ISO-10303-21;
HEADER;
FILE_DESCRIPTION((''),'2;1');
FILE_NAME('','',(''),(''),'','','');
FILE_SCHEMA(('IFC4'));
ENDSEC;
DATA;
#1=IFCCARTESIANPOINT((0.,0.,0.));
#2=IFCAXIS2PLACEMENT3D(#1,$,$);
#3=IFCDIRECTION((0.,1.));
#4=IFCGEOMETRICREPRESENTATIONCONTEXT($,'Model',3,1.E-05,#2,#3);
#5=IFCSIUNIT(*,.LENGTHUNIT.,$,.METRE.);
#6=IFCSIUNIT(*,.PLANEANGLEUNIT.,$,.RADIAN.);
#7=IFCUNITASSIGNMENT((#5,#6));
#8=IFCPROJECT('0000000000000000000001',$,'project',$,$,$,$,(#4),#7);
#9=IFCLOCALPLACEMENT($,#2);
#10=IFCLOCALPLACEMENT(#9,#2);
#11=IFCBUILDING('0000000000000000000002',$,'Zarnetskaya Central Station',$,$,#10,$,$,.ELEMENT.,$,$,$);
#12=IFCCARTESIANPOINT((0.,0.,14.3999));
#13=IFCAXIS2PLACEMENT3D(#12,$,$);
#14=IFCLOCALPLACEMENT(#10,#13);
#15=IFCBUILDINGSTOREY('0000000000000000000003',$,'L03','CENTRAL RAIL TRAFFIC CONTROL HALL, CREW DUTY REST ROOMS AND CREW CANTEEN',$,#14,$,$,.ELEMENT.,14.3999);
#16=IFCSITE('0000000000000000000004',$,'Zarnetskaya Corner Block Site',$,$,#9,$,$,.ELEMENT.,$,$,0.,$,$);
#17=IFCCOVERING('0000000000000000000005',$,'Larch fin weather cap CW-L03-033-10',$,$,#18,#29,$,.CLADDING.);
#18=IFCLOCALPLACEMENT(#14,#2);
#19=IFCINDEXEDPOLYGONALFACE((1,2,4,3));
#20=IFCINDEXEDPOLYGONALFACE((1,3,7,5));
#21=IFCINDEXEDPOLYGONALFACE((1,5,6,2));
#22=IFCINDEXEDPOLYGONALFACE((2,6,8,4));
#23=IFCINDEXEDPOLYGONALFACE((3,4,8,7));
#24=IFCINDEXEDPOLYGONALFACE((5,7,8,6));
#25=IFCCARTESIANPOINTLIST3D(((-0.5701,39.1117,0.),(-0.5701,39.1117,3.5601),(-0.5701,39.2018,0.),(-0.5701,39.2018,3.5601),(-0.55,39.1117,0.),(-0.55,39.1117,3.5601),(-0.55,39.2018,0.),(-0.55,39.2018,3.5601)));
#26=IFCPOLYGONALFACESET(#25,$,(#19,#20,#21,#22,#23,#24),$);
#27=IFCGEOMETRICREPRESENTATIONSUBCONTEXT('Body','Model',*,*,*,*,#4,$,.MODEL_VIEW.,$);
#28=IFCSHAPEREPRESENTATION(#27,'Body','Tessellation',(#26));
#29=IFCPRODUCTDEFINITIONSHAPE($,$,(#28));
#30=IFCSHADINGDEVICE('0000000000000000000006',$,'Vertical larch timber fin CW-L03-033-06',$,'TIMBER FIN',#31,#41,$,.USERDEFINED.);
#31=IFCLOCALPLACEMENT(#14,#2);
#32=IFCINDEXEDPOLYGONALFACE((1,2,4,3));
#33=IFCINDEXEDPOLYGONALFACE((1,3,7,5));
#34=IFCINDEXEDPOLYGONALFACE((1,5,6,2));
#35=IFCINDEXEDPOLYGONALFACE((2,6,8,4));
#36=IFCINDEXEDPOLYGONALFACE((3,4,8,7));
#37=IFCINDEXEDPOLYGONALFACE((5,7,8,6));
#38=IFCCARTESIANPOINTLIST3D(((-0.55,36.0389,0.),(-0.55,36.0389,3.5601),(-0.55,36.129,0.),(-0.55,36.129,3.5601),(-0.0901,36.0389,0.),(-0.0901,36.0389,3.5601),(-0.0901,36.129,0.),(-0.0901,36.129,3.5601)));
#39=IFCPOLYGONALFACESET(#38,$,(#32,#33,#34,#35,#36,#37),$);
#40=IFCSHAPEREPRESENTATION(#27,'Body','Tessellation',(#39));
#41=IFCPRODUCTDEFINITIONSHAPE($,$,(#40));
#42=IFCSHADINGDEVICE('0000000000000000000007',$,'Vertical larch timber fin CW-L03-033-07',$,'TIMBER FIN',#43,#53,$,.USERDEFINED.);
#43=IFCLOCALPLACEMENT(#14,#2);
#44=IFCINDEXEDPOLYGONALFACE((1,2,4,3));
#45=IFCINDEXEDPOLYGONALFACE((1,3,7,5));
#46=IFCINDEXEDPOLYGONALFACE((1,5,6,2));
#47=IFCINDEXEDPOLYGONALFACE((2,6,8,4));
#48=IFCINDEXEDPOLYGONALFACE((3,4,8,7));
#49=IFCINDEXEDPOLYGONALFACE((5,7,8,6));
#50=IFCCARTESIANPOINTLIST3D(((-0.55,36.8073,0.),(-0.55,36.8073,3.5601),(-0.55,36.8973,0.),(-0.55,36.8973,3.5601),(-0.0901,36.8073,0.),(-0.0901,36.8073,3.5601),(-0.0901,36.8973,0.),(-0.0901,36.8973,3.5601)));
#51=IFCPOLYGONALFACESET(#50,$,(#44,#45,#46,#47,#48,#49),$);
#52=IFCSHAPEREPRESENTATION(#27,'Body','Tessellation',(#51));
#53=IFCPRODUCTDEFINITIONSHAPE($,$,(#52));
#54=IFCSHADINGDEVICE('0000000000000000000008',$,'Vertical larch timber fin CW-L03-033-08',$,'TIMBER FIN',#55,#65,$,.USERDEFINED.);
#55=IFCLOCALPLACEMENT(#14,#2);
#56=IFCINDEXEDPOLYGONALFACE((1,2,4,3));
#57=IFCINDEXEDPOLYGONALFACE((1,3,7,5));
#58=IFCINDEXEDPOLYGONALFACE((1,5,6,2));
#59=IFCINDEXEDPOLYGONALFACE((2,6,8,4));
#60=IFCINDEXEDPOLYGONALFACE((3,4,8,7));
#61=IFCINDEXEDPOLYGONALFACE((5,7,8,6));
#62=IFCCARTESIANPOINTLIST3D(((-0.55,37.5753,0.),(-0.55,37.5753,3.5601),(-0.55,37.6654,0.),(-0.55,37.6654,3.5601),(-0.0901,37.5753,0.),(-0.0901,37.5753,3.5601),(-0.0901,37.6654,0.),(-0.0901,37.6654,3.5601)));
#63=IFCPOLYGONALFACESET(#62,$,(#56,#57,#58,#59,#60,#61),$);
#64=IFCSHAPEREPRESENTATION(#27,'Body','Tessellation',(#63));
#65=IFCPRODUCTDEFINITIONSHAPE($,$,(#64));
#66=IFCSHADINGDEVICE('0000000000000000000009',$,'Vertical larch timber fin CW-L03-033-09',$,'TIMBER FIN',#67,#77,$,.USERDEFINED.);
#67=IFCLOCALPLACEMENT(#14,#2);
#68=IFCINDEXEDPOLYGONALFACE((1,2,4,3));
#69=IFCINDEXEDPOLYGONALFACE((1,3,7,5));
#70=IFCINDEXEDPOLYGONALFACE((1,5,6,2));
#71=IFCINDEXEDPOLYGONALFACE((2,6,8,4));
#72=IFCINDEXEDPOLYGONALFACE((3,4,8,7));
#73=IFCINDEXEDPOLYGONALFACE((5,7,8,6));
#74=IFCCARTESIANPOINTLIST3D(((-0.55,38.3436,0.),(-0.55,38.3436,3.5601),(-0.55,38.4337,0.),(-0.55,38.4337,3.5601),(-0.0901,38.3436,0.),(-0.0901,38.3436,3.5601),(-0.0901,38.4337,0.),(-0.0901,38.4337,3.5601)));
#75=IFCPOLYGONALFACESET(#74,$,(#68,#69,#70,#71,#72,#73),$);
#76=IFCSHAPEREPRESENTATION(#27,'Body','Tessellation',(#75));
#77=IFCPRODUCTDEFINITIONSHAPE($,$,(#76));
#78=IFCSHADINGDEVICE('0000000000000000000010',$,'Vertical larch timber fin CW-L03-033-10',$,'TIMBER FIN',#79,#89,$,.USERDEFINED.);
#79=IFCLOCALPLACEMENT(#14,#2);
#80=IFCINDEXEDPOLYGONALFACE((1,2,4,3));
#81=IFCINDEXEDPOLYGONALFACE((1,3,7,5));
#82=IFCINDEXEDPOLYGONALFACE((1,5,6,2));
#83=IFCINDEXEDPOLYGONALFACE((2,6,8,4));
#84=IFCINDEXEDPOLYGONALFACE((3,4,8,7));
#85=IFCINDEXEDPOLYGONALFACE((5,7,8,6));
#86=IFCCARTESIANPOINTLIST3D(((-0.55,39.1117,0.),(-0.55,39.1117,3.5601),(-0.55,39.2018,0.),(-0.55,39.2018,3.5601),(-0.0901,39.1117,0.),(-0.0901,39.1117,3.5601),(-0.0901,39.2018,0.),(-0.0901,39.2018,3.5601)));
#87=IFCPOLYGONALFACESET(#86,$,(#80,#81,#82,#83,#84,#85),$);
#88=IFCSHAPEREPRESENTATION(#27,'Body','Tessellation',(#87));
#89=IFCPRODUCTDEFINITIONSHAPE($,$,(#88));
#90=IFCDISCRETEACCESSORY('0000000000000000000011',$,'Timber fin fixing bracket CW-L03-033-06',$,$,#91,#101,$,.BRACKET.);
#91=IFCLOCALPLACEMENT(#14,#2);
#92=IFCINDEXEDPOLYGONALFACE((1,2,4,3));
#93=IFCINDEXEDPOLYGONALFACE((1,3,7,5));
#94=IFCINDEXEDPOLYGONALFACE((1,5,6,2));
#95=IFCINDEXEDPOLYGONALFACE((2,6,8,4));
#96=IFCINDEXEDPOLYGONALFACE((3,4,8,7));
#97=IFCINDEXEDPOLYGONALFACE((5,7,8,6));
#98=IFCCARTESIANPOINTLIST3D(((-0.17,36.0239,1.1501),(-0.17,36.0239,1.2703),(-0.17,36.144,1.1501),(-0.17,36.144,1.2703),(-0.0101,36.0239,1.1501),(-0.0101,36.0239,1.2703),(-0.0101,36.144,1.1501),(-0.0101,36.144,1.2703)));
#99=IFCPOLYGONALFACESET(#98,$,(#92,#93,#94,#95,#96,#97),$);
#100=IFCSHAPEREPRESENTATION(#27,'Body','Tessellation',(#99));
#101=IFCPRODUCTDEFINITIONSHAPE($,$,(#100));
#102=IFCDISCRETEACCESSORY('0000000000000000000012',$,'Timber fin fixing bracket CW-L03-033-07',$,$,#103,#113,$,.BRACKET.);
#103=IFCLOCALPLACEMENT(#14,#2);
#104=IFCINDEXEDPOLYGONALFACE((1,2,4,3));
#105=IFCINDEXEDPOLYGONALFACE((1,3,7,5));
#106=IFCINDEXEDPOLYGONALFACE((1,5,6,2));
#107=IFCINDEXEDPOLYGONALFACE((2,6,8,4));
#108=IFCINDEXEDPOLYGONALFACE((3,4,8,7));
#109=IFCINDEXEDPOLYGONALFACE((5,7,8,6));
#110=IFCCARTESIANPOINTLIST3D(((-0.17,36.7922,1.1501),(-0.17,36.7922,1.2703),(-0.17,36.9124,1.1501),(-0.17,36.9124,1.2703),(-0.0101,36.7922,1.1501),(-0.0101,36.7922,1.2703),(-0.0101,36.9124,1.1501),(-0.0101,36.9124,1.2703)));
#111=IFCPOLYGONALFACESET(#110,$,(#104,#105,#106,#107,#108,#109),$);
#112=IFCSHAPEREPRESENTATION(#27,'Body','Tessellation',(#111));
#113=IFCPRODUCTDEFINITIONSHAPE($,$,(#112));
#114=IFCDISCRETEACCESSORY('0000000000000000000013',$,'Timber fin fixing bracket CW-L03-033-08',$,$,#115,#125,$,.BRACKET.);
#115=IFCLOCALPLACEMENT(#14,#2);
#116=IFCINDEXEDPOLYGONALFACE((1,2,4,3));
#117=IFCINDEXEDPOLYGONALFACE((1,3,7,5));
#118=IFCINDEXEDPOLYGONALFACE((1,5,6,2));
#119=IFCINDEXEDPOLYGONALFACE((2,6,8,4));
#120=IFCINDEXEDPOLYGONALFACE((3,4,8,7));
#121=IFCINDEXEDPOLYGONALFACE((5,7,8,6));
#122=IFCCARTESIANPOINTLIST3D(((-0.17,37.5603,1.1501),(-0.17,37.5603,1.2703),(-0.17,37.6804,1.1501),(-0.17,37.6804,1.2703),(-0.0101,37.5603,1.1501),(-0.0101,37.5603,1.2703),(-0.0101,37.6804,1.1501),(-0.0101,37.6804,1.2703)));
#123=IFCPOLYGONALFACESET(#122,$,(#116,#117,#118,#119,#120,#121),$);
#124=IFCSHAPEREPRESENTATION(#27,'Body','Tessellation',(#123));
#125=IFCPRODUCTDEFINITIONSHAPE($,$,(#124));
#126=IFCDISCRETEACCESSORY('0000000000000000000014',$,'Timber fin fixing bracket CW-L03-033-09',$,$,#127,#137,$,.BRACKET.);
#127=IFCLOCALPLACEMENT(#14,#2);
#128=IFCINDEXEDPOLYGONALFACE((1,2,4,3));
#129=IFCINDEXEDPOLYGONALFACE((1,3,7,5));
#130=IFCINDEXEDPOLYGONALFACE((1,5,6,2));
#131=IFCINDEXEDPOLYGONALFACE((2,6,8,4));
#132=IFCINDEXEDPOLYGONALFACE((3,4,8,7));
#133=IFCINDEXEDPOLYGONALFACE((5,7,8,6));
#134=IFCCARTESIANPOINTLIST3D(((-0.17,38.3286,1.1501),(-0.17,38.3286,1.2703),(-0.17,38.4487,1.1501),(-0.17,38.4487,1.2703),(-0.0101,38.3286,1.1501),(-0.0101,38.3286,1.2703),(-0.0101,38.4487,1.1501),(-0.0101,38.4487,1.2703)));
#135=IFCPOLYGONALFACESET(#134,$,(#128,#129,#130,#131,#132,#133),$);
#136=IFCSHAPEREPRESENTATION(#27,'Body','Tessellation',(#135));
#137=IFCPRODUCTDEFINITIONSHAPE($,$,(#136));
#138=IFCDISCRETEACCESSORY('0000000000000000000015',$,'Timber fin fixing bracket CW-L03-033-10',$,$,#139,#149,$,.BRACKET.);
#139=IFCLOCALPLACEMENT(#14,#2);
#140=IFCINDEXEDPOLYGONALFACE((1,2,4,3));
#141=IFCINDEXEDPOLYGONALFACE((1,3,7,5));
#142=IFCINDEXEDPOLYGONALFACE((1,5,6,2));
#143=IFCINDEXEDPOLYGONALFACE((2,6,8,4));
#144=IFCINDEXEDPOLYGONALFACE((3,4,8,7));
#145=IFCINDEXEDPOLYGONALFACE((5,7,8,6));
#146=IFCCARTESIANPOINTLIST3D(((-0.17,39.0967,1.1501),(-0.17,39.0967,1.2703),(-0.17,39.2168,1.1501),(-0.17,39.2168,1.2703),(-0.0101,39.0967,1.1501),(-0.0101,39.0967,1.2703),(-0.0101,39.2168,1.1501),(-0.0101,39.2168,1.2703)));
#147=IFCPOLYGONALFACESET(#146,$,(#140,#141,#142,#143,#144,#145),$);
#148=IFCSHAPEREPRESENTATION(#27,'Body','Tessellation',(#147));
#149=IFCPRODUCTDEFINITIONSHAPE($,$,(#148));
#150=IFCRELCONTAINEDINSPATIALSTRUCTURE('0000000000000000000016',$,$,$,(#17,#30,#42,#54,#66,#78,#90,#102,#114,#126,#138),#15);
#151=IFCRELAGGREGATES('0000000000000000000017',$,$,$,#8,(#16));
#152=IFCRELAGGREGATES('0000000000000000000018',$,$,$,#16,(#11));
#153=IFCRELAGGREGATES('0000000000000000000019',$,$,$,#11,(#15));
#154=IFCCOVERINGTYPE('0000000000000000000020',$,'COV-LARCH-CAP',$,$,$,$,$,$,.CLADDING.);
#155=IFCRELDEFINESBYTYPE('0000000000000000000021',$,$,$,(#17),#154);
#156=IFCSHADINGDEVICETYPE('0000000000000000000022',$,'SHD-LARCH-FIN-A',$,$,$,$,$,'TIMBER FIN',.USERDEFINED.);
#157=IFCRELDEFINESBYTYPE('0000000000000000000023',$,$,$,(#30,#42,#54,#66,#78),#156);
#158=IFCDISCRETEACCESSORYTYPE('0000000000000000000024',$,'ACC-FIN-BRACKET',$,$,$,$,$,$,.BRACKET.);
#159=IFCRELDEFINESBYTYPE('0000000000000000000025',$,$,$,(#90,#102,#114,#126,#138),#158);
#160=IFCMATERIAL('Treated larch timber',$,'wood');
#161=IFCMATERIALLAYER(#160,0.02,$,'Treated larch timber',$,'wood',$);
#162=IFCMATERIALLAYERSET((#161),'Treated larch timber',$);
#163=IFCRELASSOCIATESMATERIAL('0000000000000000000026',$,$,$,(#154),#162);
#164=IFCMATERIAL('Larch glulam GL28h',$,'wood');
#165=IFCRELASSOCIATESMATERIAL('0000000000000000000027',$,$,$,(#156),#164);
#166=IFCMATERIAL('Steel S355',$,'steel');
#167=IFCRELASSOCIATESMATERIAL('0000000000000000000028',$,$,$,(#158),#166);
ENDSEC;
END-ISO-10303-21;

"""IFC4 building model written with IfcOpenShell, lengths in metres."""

from ifc_helpers import new_model, si_unit, direction, frame, origin, origin_2d, place, context, subcontext, project, spatial, rectangle, extrude, material, layer, layer_set, type_object, element, save


model = new_model("IFC4")

# Units and contexts
model_context = context("Model", 3, precision=1e-05, world=origin(), true_north=direction((0.0, 1.0)))
body_context = subcontext(model_context, "Body", "Model", "MODEL_VIEW")
ifc_project = project(units=[si_unit("LENGTHUNIT", "METRE"), si_unit("PLANEANGLEUNIT", "RADIAN")], contexts=[model_context])

# Site, building, storey
site_placement = place(None, origin())
site = spatial("IfcSite", under=ifc_project, at=site_placement, Name="Zarnetskaya Corner Block Site", CompositionType="ELEMENT", RefElevation=0.0)
building_placement = place(site_placement, origin())
building = spatial("IfcBuilding", under=site, at=building_placement, Name="Zarnetskaya Central Station", CompositionType="ELEMENT")
storey_placement = place(building_placement, frame((0.0, 0.0, 14.3999)))
storey = spatial("IfcBuildingStorey", under=building, at=storey_placement, Name="L03", Description="CENTRAL RAIL TRAFFIC CONTROL HALL, CREW DUTY REST ROOMS AND CREW CANTEEN", CompositionType="ELEMENT", Elevation=14.3999)

# Covering
ifc_material_1 = material(Name="Treated larch timber", Category="wood")
ifc_layer_1 = layer(ifc_material_1, 0.02, Name="Treated larch timber", Category="wood")
ifc_layer_set_1 = layer_set([ifc_layer_1], Name="Treated larch timber")
covering_type = type_object("IfcCoveringType", Name="COV-LARCH-CAP", PredefinedType="CLADDING", material=ifc_layer_set_1)
for number, where, z_axis, x_axis, name in (
    (1, (-0.5601, 39.1567, 0.0), (0.0, 0.0, 1.0), (0.0, 1.0, 0.0), "Larch fin weather cap CW-L03-033-10"),
):
    element("IfcCovering", number, at=place(storey_placement, frame(where, z_axis=z_axis, x_axis=x_axis)), inside=storey, type_object=covering_type, Name=name, PredefinedType="CLADDING", context=body_context, shape_type="SweptSolid", body=[
        extrude(rectangle(XDim=0.0901, YDim=0.02, at=origin_2d()), origin(), (0.0, 0.0, 1.0), 3.5601),
    ])

# Shading devices
ifc_material_2 = material(Name="Larch glulam GL28h", Category="wood")
shading_device_type = type_object("IfcShadingDeviceType", Name="SHD-LARCH-FIN-A", ElementType="TIMBER FIN", PredefinedType="USERDEFINED", material=ifc_material_2)
for number, where, z_axis, x_axis, name in (
    (2, (-0.3201, 36.084, 0.0), (0.0, 0.0, 1.0), (0.0, 1.0, 0.0), "Vertical larch timber fin CW-L03-033-06"),
    (3, (-0.3201, 36.8523, 0.0), (0.0, 0.0, 1.0), (0.0, 1.0, 0.0), "Vertical larch timber fin CW-L03-033-07"),
    (4, (-0.3201, 37.6204, 0.0), (0.0, 0.0, 1.0), (0.0, 1.0, 0.0), "Vertical larch timber fin CW-L03-033-08"),
    (5, (-0.3201, 38.3887, 0.0), (0.0, 0.0, 1.0), (0.0, 1.0, 0.0), "Vertical larch timber fin CW-L03-033-09"),
    (6, (-0.3201, 39.1567, 0.0), (0.0, 0.0, 1.0), (0.0, 1.0, 0.0), "Vertical larch timber fin CW-L03-033-10"),
):
    element("IfcShadingDevice", number, at=place(storey_placement, frame(where, z_axis=z_axis, x_axis=x_axis)), inside=storey, type_object=shading_device_type, Name=name, ObjectType="TIMBER FIN", PredefinedType="USERDEFINED", context=body_context, shape_type="SweptSolid", body=[
        extrude(rectangle(XDim=0.0901, YDim=0.46, at=origin_2d()), origin(), (0.0, 0.0, 1.0), 3.5601),
    ])

# Discrete accessories
ifc_material_3 = material(Name="Steel S355", Category="steel")
discrete_accessory_type = type_object("IfcDiscreteAccessoryType", Name="ACC-FIN-BRACKET", PredefinedType="BRACKET", material=ifc_material_3)
for number, where, z_axis, x_axis, name in (
    (7, (-0.0901, 36.084, 1.1501), (0.0, 0.0, 1.0), (0.0, 1.0, 0.0), "Timber fin fixing bracket CW-L03-033-06"),
    (8, (-0.0901, 36.8523, 1.1501), (0.0, 0.0, 1.0), (0.0, 1.0, 0.0), "Timber fin fixing bracket CW-L03-033-07"),
    (9, (-0.0901, 37.6204, 1.1501), (0.0, 0.0, 1.0), (0.0, 1.0, 0.0), "Timber fin fixing bracket CW-L03-033-08"),
    (10, (-0.0901, 38.3887, 1.1501), (0.0, 0.0, 1.0), (0.0, 1.0, 0.0), "Timber fin fixing bracket CW-L03-033-09"),
    (11, (-0.0901, 39.1567, 1.1501), (0.0, 0.0, 1.0), (0.0, 1.0, 0.0), "Timber fin fixing bracket CW-L03-033-10"),
):
    element("IfcDiscreteAccessory", number, at=place(storey_placement, frame(where, z_axis=z_axis, x_axis=x_axis)), inside=storey, type_object=discrete_accessory_type, Name=name, PredefinedType="BRACKET", context=body_context, shape_type="SweptSolid", body=[
        extrude(rectangle(XDim=0.1201, YDim=0.1599, at=origin_2d()), origin(), (0.0, 0.0, 1.0), 0.1201),
    ])

save(model, "model.ifc")
